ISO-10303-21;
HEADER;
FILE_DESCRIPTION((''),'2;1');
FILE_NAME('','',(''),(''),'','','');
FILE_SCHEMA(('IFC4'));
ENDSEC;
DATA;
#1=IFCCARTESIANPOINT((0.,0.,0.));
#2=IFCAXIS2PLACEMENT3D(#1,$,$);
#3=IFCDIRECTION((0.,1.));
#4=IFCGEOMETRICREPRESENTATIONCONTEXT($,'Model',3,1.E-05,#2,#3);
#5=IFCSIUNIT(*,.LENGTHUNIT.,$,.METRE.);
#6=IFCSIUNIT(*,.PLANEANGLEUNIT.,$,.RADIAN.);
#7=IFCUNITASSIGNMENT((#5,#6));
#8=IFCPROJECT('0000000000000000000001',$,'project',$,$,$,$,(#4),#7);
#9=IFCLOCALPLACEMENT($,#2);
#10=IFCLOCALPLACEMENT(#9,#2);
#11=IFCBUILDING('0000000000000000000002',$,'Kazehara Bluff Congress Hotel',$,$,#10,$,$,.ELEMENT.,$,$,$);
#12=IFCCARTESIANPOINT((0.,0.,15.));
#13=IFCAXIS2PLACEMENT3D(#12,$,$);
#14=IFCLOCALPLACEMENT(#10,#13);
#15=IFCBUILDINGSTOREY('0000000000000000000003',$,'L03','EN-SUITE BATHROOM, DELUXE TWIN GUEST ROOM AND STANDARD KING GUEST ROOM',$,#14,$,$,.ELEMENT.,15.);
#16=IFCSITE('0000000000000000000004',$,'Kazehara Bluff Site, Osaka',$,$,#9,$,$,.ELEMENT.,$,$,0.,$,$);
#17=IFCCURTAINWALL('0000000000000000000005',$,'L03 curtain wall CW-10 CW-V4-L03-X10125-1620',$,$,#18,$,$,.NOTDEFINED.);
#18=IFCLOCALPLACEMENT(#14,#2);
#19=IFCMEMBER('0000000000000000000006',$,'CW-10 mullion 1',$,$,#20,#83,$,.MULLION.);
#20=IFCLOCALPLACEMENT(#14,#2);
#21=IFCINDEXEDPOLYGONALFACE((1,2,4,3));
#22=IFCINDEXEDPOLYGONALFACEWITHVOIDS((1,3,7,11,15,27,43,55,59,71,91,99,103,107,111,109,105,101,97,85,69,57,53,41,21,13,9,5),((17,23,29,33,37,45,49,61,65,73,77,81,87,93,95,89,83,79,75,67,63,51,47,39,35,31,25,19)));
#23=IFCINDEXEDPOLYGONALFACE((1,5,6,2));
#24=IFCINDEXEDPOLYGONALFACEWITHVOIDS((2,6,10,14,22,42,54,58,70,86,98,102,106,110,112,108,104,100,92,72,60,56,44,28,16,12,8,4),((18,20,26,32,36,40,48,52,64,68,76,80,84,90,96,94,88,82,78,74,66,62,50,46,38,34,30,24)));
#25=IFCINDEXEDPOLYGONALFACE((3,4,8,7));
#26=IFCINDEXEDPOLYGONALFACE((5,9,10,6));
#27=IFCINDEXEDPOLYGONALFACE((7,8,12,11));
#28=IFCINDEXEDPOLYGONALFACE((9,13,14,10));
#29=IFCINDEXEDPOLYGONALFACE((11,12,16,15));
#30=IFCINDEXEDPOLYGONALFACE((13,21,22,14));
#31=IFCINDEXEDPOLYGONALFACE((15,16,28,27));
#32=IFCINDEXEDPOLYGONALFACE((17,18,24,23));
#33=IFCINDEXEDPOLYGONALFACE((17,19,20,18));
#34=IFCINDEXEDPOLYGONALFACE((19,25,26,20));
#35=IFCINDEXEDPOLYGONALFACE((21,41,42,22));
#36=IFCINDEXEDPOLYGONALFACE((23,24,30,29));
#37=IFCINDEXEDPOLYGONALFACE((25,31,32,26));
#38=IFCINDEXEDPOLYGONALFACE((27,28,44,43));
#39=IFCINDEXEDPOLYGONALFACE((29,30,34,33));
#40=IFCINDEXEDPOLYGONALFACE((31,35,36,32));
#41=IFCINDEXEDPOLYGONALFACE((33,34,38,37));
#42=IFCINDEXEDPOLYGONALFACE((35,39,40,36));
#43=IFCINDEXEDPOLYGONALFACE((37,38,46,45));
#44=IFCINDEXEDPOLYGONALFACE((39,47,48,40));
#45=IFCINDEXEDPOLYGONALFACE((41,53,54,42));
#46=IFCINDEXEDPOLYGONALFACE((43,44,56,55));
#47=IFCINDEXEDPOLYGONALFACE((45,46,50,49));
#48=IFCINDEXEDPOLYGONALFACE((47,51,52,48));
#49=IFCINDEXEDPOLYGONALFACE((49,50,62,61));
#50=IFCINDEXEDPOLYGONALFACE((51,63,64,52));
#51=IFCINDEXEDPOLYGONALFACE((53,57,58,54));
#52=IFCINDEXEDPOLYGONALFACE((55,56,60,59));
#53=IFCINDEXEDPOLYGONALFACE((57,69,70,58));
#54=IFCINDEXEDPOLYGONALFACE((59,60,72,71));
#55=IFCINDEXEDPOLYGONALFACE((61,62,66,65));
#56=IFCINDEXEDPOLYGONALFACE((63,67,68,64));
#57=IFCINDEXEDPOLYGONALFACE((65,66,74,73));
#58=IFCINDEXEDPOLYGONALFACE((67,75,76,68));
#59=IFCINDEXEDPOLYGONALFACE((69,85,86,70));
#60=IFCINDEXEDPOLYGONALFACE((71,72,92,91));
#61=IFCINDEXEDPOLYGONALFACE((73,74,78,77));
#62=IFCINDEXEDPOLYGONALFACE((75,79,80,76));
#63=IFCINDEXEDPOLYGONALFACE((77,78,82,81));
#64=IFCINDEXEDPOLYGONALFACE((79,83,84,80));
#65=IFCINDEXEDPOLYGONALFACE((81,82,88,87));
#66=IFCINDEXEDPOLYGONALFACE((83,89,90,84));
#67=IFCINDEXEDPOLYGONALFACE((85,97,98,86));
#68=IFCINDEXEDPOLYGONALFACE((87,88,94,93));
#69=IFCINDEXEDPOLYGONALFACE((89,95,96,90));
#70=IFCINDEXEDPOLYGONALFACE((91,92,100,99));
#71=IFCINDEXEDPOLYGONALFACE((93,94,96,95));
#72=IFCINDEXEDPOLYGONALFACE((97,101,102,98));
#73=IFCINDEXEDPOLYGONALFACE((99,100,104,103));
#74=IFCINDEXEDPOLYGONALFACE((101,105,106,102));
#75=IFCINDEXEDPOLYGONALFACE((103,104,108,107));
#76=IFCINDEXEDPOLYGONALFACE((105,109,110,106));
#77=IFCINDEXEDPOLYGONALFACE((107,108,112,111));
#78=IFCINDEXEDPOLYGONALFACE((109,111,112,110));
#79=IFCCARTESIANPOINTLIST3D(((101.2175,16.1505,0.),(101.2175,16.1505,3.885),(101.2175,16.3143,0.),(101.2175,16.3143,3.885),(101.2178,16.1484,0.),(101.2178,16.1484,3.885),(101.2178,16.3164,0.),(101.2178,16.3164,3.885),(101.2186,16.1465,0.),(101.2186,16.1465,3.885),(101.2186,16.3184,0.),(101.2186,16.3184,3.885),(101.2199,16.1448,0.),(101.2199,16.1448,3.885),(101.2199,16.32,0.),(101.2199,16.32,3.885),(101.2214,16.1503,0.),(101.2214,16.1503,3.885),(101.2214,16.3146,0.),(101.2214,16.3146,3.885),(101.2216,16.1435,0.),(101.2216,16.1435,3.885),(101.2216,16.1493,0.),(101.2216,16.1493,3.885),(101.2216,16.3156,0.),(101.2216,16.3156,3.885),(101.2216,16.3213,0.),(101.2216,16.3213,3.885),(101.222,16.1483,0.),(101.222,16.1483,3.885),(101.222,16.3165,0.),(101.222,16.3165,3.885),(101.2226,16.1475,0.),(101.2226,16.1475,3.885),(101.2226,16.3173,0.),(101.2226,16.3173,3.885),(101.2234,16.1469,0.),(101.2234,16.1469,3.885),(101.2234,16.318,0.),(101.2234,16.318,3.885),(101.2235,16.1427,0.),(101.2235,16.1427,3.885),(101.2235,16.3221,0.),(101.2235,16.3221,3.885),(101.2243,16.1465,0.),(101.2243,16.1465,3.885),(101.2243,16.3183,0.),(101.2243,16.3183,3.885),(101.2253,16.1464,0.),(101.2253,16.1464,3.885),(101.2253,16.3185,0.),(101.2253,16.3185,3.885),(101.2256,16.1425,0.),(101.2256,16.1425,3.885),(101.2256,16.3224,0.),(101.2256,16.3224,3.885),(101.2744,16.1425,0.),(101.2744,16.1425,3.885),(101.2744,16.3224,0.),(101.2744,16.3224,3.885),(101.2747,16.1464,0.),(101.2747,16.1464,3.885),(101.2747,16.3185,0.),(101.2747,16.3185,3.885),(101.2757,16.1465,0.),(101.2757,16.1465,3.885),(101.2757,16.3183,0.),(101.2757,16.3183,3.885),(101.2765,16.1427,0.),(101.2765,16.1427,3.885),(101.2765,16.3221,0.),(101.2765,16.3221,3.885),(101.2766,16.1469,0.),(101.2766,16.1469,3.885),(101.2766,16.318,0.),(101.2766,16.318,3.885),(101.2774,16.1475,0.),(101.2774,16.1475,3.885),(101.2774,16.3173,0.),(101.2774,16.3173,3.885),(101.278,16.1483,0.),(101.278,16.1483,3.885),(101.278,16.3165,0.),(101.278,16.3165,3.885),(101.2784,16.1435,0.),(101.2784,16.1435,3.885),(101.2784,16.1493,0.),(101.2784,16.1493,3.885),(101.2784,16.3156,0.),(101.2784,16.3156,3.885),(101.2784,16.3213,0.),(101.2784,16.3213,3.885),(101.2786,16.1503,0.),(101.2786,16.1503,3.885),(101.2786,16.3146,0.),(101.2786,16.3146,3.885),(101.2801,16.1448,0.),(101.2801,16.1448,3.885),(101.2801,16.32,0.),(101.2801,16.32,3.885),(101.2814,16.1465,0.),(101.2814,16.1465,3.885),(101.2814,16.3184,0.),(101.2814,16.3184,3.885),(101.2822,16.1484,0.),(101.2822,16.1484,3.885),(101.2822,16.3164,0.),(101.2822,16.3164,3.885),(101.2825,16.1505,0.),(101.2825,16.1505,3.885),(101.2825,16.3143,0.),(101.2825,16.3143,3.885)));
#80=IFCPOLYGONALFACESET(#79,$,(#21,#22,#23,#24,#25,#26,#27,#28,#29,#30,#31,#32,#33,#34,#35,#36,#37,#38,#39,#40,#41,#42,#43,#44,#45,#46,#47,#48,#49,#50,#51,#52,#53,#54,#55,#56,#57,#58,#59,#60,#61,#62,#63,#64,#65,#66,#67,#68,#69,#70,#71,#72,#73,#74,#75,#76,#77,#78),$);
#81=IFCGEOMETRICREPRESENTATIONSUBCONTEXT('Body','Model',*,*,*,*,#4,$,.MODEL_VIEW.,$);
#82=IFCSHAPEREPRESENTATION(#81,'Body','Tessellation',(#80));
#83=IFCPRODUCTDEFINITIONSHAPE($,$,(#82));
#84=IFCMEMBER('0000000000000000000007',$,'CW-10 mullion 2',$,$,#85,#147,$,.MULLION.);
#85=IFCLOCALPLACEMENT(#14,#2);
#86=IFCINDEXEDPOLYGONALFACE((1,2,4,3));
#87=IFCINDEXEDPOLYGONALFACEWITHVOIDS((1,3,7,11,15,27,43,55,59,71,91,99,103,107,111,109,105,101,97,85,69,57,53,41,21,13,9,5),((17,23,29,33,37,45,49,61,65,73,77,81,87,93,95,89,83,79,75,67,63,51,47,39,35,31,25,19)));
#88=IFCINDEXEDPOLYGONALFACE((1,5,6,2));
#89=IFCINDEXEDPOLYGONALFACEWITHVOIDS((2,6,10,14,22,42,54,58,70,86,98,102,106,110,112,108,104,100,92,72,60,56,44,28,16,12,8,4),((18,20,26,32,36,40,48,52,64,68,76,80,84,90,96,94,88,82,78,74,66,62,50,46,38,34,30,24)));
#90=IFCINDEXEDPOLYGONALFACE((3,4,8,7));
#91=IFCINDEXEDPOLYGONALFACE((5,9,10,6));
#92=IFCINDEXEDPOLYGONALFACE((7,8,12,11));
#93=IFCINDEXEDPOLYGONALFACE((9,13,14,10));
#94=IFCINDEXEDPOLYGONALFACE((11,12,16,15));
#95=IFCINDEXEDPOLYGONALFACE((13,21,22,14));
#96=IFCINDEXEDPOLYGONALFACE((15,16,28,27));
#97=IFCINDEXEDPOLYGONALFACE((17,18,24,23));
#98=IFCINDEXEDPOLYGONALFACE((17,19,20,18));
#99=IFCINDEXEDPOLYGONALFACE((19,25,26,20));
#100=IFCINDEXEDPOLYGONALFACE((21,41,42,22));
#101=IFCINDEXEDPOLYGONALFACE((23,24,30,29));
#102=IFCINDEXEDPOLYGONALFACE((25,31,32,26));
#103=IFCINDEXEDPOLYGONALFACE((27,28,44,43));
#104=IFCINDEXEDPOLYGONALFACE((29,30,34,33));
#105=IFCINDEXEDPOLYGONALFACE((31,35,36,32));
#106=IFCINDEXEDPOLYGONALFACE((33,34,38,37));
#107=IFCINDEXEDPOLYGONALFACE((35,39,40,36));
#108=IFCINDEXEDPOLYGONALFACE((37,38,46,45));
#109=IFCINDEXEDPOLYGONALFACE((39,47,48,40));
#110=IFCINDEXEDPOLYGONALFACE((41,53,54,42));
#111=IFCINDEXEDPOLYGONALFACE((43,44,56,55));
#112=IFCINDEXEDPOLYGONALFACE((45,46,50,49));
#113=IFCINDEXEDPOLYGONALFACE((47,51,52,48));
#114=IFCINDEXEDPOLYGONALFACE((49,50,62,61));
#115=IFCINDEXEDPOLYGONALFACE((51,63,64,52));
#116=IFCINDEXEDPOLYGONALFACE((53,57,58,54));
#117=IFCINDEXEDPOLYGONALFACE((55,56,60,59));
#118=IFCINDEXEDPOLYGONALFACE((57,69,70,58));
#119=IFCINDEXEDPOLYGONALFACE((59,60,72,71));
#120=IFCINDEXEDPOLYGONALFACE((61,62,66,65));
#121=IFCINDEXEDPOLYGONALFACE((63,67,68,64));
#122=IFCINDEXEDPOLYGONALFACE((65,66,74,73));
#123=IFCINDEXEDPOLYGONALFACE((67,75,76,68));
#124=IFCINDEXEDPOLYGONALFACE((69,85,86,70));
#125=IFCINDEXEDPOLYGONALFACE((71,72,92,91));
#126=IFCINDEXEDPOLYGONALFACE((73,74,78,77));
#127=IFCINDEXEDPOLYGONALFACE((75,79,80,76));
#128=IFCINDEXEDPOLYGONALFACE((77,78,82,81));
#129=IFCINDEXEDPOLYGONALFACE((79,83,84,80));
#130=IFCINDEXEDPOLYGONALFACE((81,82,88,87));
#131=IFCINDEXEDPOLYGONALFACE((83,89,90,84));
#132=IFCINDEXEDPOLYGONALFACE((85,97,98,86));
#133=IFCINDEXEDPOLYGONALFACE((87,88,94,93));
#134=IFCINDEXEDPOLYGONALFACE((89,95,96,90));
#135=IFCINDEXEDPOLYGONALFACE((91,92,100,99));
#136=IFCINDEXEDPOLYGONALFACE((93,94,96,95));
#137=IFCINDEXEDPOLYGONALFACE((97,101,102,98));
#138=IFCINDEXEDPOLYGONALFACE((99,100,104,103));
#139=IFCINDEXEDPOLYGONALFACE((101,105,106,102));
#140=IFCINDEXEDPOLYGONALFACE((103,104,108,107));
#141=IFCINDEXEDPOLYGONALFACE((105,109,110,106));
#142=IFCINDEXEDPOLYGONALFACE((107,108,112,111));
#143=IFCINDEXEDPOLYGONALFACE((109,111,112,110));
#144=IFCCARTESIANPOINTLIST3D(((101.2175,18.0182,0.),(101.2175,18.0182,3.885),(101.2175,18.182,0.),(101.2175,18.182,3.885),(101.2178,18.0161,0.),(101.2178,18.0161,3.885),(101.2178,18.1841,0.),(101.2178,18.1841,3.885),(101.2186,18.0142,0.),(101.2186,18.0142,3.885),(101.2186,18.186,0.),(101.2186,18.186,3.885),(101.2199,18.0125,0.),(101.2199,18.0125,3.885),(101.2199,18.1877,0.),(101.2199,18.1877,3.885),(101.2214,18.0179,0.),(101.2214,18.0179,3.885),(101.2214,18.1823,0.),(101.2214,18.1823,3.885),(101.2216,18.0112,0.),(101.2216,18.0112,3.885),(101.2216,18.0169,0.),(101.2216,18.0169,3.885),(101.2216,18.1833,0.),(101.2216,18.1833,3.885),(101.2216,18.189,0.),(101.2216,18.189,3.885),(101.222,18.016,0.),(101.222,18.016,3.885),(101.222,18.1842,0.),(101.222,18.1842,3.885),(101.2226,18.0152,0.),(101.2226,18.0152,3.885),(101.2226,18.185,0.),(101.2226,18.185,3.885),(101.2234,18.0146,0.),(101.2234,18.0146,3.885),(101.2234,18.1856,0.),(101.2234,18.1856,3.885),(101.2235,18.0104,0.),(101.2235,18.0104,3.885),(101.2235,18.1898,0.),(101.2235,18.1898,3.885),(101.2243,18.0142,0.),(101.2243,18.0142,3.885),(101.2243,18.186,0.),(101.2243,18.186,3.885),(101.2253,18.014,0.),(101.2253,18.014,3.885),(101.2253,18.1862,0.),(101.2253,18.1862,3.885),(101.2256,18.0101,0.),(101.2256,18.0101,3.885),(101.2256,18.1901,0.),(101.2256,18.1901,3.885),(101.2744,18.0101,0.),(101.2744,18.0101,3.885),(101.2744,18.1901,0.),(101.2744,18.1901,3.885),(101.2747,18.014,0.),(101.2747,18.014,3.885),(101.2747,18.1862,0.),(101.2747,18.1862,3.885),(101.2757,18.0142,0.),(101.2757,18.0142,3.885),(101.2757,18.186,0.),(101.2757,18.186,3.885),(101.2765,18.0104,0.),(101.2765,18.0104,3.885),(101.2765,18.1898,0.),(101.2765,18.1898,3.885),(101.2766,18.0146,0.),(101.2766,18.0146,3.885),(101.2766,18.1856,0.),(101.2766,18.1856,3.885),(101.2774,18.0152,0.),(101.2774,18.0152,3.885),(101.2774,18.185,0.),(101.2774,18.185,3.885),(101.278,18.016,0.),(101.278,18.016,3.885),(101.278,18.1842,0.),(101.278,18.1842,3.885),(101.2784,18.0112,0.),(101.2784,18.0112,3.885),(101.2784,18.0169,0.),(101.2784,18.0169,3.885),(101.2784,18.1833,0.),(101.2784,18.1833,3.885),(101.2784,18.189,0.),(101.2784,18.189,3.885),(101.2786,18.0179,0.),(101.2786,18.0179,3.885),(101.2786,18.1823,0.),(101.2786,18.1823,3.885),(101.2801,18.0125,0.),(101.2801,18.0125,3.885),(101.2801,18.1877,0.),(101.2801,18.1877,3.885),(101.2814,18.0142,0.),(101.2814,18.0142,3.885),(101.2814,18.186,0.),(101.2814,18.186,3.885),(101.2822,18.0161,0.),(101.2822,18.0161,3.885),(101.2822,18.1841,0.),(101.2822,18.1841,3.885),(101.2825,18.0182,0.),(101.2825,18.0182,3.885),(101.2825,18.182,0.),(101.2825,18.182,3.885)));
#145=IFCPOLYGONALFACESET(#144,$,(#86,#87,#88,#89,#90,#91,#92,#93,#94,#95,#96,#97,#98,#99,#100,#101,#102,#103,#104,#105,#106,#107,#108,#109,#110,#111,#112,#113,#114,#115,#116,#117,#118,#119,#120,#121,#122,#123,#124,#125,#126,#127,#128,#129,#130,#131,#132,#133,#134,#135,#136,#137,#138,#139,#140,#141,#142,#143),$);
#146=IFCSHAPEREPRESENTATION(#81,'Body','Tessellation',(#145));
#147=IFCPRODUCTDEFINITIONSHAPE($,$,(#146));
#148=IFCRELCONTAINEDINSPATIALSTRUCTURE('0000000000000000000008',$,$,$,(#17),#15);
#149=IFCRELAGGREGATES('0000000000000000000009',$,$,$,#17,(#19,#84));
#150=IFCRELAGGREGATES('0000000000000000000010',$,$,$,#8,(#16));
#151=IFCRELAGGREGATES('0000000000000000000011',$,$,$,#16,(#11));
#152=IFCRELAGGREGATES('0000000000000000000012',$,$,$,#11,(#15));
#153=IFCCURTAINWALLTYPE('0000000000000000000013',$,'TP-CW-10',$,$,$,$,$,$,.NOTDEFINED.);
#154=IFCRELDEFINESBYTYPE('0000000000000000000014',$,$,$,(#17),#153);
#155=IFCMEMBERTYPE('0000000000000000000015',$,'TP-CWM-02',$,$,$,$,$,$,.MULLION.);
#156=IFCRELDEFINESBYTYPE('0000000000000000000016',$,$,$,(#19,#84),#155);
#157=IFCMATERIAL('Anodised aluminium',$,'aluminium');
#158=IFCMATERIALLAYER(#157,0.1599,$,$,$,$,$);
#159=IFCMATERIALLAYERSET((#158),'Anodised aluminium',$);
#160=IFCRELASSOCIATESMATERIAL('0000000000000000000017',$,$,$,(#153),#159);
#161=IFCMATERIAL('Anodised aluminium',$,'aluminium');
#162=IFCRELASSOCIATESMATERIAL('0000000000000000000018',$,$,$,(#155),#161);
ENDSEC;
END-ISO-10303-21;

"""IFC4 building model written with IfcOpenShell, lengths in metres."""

from ifc_helpers import new_model, si_unit, direction, frame, origin, origin_2d, place, context, subcontext, project, spatial, hollow_rectangle, extrude, material, layer, layer_set, material_profile, profile_set, type_object, element, aggregate, save


model = new_model("IFC4")

# Units and contexts
model_context = context("Model", 3, precision=1e-05, world=origin(), true_north=direction((0.0, 1.0)))
body_context = subcontext(model_context, "Body", "Model", "MODEL_VIEW")
ifc_project = project(units=[si_unit("LENGTHUNIT", "METRE"), si_unit("PLANEANGLEUNIT", "RADIAN")], contexts=[model_context])

# Site, building, storey
site_placement = place(None, origin())
site = spatial("IfcSite", under=ifc_project, at=site_placement, Name="Kazehara Bluff Site, Osaka", CompositionType="ELEMENT", RefElevation=0.0)
building_placement = place(site_placement, origin())
building = spatial("IfcBuilding", under=site, at=building_placement, Name="Kazehara Bluff Congress Hotel", CompositionType="ELEMENT")
storey_placement = place(building_placement, frame((0.0, 0.0, 15.0)))
storey = spatial("IfcBuildingStorey", under=building, at=storey_placement, Name="L03", Description="EN-SUITE BATHROOM, DELUXE TWIN GUEST ROOM AND STANDARD KING GUEST ROOM", CompositionType="ELEMENT", Elevation=15.0)

# Curtain wall, members
ifc_material_1 = material(Name="Anodised aluminium", Category="aluminium")
ifc_layer_1 = layer(ifc_material_1, 0.1599)
ifc_layer_set_1 = layer_set([ifc_layer_1], Name="Anodised aluminium")
curtain_wall_type_1 = type_object("IfcCurtainWallType", Name="TP-CW-10", PredefinedType="NOTDEFINED", material=ifc_layer_set_1)
curtain_wall_1_placement = place(storey_placement, origin())
curtain_wall_1 = element("IfcCurtainWall", 1, at=curtain_wall_1_placement, inside=storey, type_object=curtain_wall_type_1, Name="L03 curtain wall CW-10 CW-V4-L03-X10125-1620", PredefinedType="NOTDEFINED")
ifc_material_2 = material(Name="Anodised aluminium", Category="aluminium")
ifc_material_profile_1 = material_profile(ifc_material_2, hollow_rectangle(XDim=0.0649, YDim=0.1799, WallThickness=0.0039, InnerFilletRadius=0.0039, OuterFilletRadius=0.0081, at=origin_2d()))
ifc_profile_set_1 = profile_set([ifc_material_profile_1], Name="Anodised aluminium")
member_type_1 = type_object("IfcMemberType", Name="TP-CWM-02", PredefinedType="MULLION", material=ifc_profile_set_1)
member_1_placement = place(storey_placement, frame((101.25, 16.2324, 0.0), z_axis=(0.0, 0.0, 1.0), x_axis=(-1.0, 0.0, 0.0)))
member_1 = element("IfcMember", 2, at=member_1_placement, type_object=member_type_1, Name="CW-10 mullion 1", PredefinedType="MULLION", context=body_context, shape_type="SweptSolid", body=[
    extrude(hollow_rectangle(XDim=0.0649, YDim=0.1799, WallThickness=0.0039, InnerFilletRadius=0.0039, OuterFilletRadius=0.0081, at=origin_2d()), origin(), (0.0, 0.0, 1.0), 3.885),
])
member_2_placement = place(storey_placement, frame((101.25, 18.1001, 0.0), z_axis=(0.0, 0.0, 1.0), x_axis=(-1.0, 0.0, 0.0)))
member_2 = element("IfcMember", 3, at=member_2_placement, type_object=member_type_1, Name="CW-10 mullion 2", PredefinedType="MULLION", context=body_context, shape_type="SweptSolid", body=[
    extrude(hollow_rectangle(XDim=0.0649, YDim=0.1799, WallThickness=0.0039, InnerFilletRadius=0.0039, OuterFilletRadius=0.0081, at=origin_2d()), origin(), (0.0, 0.0, 1.0), 3.885),
])

aggregate(curtain_wall_1, [member_1, member_2])

save(model, "model.ifc")
